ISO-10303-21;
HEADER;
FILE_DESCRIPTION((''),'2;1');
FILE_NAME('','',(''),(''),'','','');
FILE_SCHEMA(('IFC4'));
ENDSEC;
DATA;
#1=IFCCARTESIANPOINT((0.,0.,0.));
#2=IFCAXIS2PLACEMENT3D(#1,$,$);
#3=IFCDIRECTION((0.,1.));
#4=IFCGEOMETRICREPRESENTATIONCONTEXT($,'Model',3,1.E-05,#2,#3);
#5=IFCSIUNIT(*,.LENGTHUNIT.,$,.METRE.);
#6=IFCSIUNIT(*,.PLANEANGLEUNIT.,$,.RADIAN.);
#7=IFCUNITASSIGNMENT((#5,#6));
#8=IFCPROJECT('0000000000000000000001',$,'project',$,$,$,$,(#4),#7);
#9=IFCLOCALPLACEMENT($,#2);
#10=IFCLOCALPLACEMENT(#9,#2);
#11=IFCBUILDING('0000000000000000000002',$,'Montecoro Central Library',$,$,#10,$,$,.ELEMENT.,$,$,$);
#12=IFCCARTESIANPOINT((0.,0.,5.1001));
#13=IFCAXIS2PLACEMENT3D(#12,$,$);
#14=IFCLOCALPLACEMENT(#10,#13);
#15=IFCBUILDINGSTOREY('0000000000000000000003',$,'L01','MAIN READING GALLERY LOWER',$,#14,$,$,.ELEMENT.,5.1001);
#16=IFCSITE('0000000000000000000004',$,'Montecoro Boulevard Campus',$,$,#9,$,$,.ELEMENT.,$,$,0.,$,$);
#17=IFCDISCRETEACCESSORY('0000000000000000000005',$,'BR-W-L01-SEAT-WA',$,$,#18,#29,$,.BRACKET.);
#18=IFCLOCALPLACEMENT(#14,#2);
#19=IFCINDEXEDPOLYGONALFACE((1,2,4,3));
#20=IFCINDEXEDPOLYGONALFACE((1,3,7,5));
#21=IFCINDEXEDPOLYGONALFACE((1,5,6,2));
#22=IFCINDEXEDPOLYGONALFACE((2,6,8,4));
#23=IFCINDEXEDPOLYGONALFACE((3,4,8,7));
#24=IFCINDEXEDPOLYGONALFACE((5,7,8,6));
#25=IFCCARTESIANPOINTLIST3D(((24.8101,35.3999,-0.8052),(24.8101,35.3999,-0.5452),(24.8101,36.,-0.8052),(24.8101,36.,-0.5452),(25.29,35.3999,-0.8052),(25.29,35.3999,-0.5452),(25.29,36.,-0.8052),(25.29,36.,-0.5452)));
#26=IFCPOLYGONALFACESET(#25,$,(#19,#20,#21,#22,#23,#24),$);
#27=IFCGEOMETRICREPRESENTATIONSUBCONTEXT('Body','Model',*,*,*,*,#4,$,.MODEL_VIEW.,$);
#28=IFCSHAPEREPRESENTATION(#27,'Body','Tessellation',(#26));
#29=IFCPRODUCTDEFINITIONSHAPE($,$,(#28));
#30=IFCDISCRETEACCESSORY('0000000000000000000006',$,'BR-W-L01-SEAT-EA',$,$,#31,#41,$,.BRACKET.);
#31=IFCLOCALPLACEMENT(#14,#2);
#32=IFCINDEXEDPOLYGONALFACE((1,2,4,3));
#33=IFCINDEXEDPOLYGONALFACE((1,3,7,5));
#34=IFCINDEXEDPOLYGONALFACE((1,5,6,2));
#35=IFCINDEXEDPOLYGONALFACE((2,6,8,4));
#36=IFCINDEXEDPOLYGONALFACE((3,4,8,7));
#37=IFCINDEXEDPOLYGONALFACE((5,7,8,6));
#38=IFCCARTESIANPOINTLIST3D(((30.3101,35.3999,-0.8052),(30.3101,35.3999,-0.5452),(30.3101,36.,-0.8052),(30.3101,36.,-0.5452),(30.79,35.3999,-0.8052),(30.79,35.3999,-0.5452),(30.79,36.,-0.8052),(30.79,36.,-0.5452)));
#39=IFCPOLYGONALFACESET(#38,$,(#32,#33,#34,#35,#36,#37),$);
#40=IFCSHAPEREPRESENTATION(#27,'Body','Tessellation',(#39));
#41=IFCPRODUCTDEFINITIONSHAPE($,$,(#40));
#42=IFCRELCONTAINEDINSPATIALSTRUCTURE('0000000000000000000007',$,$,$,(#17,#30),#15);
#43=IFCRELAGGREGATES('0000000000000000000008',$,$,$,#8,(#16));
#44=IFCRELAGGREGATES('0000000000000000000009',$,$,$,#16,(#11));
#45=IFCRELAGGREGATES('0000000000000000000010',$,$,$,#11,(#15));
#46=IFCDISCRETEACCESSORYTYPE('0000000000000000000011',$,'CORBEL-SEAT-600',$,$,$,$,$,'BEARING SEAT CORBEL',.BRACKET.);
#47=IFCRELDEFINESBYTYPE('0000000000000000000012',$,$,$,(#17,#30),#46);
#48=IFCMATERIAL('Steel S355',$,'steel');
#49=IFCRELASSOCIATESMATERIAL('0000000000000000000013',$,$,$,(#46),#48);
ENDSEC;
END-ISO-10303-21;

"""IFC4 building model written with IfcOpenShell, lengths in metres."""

from ifc_helpers import new_model, si_unit, direction, frame, origin, origin_2d, place, context, subcontext, project, spatial, rectangle, extrude, material, type_object, element, save


model = new_model("IFC4")

# Units and contexts
model_context = context("Model", 3, precision=1e-05, world=origin(), true_north=direction((0.0, 1.0)))
body_context = subcontext(model_context, "Body", "Model", "MODEL_VIEW")
ifc_project = project(units=[si_unit("LENGTHUNIT", "METRE"), si_unit("PLANEANGLEUNIT", "RADIAN")], contexts=[model_context])

# Site, building, storey
site_placement = place(None, origin())
site = spatial("IfcSite", under=ifc_project, at=site_placement, Name="Montecoro Boulevard Campus", CompositionType="ELEMENT", RefElevation=0.0)
building_placement = place(site_placement, origin())
building = spatial("IfcBuilding", under=site, at=building_placement, Name="Montecoro Central Library", CompositionType="ELEMENT")
storey_placement = place(building_placement, frame((0.0, 0.0, 5.1001)))
storey = spatial("IfcBuildingStorey", under=building, at=storey_placement, Name="L01", Description="MAIN READING GALLERY LOWER", CompositionType="ELEMENT", Elevation=5.1001)

# Shared definitions
ifc_material_1 = material(Name="Steel S355", Category="steel")

# Discrete accessories
discrete_accessory_type_1 = type_object("IfcDiscreteAccessoryType", Name="CORBEL-SEAT-600", ElementType="BEARING SEAT CORBEL", PredefinedType="BRACKET", material=ifc_material_1)
for number, where, z_axis, x_axis, name in (
    (1, (25.05, 35.7, -0.8052), (0.0, 0.0, 1.0), (1.0, 0.0, 0.0), "BR-W-L01-SEAT-WA"),
    (2, (30.55, 35.7, -0.8052), (0.0, 0.0, 1.0), (1.0, 0.0, 0.0), "BR-W-L01-SEAT-EA"),
):
    element("IfcDiscreteAccessory", number, at=place(storey_placement, frame(where, z_axis=z_axis, x_axis=x_axis)), inside=storey, type_object=discrete_accessory_type_1, Name=name, PredefinedType="BRACKET", context=body_context, shape_type="SweptSolid", body=[
        extrude(rectangle(XDim=0.48, YDim=0.6001, at=origin_2d()), origin(), (0.0, 0.0, 1.0), 0.26),
    ])

save(model, "model.ifc")
